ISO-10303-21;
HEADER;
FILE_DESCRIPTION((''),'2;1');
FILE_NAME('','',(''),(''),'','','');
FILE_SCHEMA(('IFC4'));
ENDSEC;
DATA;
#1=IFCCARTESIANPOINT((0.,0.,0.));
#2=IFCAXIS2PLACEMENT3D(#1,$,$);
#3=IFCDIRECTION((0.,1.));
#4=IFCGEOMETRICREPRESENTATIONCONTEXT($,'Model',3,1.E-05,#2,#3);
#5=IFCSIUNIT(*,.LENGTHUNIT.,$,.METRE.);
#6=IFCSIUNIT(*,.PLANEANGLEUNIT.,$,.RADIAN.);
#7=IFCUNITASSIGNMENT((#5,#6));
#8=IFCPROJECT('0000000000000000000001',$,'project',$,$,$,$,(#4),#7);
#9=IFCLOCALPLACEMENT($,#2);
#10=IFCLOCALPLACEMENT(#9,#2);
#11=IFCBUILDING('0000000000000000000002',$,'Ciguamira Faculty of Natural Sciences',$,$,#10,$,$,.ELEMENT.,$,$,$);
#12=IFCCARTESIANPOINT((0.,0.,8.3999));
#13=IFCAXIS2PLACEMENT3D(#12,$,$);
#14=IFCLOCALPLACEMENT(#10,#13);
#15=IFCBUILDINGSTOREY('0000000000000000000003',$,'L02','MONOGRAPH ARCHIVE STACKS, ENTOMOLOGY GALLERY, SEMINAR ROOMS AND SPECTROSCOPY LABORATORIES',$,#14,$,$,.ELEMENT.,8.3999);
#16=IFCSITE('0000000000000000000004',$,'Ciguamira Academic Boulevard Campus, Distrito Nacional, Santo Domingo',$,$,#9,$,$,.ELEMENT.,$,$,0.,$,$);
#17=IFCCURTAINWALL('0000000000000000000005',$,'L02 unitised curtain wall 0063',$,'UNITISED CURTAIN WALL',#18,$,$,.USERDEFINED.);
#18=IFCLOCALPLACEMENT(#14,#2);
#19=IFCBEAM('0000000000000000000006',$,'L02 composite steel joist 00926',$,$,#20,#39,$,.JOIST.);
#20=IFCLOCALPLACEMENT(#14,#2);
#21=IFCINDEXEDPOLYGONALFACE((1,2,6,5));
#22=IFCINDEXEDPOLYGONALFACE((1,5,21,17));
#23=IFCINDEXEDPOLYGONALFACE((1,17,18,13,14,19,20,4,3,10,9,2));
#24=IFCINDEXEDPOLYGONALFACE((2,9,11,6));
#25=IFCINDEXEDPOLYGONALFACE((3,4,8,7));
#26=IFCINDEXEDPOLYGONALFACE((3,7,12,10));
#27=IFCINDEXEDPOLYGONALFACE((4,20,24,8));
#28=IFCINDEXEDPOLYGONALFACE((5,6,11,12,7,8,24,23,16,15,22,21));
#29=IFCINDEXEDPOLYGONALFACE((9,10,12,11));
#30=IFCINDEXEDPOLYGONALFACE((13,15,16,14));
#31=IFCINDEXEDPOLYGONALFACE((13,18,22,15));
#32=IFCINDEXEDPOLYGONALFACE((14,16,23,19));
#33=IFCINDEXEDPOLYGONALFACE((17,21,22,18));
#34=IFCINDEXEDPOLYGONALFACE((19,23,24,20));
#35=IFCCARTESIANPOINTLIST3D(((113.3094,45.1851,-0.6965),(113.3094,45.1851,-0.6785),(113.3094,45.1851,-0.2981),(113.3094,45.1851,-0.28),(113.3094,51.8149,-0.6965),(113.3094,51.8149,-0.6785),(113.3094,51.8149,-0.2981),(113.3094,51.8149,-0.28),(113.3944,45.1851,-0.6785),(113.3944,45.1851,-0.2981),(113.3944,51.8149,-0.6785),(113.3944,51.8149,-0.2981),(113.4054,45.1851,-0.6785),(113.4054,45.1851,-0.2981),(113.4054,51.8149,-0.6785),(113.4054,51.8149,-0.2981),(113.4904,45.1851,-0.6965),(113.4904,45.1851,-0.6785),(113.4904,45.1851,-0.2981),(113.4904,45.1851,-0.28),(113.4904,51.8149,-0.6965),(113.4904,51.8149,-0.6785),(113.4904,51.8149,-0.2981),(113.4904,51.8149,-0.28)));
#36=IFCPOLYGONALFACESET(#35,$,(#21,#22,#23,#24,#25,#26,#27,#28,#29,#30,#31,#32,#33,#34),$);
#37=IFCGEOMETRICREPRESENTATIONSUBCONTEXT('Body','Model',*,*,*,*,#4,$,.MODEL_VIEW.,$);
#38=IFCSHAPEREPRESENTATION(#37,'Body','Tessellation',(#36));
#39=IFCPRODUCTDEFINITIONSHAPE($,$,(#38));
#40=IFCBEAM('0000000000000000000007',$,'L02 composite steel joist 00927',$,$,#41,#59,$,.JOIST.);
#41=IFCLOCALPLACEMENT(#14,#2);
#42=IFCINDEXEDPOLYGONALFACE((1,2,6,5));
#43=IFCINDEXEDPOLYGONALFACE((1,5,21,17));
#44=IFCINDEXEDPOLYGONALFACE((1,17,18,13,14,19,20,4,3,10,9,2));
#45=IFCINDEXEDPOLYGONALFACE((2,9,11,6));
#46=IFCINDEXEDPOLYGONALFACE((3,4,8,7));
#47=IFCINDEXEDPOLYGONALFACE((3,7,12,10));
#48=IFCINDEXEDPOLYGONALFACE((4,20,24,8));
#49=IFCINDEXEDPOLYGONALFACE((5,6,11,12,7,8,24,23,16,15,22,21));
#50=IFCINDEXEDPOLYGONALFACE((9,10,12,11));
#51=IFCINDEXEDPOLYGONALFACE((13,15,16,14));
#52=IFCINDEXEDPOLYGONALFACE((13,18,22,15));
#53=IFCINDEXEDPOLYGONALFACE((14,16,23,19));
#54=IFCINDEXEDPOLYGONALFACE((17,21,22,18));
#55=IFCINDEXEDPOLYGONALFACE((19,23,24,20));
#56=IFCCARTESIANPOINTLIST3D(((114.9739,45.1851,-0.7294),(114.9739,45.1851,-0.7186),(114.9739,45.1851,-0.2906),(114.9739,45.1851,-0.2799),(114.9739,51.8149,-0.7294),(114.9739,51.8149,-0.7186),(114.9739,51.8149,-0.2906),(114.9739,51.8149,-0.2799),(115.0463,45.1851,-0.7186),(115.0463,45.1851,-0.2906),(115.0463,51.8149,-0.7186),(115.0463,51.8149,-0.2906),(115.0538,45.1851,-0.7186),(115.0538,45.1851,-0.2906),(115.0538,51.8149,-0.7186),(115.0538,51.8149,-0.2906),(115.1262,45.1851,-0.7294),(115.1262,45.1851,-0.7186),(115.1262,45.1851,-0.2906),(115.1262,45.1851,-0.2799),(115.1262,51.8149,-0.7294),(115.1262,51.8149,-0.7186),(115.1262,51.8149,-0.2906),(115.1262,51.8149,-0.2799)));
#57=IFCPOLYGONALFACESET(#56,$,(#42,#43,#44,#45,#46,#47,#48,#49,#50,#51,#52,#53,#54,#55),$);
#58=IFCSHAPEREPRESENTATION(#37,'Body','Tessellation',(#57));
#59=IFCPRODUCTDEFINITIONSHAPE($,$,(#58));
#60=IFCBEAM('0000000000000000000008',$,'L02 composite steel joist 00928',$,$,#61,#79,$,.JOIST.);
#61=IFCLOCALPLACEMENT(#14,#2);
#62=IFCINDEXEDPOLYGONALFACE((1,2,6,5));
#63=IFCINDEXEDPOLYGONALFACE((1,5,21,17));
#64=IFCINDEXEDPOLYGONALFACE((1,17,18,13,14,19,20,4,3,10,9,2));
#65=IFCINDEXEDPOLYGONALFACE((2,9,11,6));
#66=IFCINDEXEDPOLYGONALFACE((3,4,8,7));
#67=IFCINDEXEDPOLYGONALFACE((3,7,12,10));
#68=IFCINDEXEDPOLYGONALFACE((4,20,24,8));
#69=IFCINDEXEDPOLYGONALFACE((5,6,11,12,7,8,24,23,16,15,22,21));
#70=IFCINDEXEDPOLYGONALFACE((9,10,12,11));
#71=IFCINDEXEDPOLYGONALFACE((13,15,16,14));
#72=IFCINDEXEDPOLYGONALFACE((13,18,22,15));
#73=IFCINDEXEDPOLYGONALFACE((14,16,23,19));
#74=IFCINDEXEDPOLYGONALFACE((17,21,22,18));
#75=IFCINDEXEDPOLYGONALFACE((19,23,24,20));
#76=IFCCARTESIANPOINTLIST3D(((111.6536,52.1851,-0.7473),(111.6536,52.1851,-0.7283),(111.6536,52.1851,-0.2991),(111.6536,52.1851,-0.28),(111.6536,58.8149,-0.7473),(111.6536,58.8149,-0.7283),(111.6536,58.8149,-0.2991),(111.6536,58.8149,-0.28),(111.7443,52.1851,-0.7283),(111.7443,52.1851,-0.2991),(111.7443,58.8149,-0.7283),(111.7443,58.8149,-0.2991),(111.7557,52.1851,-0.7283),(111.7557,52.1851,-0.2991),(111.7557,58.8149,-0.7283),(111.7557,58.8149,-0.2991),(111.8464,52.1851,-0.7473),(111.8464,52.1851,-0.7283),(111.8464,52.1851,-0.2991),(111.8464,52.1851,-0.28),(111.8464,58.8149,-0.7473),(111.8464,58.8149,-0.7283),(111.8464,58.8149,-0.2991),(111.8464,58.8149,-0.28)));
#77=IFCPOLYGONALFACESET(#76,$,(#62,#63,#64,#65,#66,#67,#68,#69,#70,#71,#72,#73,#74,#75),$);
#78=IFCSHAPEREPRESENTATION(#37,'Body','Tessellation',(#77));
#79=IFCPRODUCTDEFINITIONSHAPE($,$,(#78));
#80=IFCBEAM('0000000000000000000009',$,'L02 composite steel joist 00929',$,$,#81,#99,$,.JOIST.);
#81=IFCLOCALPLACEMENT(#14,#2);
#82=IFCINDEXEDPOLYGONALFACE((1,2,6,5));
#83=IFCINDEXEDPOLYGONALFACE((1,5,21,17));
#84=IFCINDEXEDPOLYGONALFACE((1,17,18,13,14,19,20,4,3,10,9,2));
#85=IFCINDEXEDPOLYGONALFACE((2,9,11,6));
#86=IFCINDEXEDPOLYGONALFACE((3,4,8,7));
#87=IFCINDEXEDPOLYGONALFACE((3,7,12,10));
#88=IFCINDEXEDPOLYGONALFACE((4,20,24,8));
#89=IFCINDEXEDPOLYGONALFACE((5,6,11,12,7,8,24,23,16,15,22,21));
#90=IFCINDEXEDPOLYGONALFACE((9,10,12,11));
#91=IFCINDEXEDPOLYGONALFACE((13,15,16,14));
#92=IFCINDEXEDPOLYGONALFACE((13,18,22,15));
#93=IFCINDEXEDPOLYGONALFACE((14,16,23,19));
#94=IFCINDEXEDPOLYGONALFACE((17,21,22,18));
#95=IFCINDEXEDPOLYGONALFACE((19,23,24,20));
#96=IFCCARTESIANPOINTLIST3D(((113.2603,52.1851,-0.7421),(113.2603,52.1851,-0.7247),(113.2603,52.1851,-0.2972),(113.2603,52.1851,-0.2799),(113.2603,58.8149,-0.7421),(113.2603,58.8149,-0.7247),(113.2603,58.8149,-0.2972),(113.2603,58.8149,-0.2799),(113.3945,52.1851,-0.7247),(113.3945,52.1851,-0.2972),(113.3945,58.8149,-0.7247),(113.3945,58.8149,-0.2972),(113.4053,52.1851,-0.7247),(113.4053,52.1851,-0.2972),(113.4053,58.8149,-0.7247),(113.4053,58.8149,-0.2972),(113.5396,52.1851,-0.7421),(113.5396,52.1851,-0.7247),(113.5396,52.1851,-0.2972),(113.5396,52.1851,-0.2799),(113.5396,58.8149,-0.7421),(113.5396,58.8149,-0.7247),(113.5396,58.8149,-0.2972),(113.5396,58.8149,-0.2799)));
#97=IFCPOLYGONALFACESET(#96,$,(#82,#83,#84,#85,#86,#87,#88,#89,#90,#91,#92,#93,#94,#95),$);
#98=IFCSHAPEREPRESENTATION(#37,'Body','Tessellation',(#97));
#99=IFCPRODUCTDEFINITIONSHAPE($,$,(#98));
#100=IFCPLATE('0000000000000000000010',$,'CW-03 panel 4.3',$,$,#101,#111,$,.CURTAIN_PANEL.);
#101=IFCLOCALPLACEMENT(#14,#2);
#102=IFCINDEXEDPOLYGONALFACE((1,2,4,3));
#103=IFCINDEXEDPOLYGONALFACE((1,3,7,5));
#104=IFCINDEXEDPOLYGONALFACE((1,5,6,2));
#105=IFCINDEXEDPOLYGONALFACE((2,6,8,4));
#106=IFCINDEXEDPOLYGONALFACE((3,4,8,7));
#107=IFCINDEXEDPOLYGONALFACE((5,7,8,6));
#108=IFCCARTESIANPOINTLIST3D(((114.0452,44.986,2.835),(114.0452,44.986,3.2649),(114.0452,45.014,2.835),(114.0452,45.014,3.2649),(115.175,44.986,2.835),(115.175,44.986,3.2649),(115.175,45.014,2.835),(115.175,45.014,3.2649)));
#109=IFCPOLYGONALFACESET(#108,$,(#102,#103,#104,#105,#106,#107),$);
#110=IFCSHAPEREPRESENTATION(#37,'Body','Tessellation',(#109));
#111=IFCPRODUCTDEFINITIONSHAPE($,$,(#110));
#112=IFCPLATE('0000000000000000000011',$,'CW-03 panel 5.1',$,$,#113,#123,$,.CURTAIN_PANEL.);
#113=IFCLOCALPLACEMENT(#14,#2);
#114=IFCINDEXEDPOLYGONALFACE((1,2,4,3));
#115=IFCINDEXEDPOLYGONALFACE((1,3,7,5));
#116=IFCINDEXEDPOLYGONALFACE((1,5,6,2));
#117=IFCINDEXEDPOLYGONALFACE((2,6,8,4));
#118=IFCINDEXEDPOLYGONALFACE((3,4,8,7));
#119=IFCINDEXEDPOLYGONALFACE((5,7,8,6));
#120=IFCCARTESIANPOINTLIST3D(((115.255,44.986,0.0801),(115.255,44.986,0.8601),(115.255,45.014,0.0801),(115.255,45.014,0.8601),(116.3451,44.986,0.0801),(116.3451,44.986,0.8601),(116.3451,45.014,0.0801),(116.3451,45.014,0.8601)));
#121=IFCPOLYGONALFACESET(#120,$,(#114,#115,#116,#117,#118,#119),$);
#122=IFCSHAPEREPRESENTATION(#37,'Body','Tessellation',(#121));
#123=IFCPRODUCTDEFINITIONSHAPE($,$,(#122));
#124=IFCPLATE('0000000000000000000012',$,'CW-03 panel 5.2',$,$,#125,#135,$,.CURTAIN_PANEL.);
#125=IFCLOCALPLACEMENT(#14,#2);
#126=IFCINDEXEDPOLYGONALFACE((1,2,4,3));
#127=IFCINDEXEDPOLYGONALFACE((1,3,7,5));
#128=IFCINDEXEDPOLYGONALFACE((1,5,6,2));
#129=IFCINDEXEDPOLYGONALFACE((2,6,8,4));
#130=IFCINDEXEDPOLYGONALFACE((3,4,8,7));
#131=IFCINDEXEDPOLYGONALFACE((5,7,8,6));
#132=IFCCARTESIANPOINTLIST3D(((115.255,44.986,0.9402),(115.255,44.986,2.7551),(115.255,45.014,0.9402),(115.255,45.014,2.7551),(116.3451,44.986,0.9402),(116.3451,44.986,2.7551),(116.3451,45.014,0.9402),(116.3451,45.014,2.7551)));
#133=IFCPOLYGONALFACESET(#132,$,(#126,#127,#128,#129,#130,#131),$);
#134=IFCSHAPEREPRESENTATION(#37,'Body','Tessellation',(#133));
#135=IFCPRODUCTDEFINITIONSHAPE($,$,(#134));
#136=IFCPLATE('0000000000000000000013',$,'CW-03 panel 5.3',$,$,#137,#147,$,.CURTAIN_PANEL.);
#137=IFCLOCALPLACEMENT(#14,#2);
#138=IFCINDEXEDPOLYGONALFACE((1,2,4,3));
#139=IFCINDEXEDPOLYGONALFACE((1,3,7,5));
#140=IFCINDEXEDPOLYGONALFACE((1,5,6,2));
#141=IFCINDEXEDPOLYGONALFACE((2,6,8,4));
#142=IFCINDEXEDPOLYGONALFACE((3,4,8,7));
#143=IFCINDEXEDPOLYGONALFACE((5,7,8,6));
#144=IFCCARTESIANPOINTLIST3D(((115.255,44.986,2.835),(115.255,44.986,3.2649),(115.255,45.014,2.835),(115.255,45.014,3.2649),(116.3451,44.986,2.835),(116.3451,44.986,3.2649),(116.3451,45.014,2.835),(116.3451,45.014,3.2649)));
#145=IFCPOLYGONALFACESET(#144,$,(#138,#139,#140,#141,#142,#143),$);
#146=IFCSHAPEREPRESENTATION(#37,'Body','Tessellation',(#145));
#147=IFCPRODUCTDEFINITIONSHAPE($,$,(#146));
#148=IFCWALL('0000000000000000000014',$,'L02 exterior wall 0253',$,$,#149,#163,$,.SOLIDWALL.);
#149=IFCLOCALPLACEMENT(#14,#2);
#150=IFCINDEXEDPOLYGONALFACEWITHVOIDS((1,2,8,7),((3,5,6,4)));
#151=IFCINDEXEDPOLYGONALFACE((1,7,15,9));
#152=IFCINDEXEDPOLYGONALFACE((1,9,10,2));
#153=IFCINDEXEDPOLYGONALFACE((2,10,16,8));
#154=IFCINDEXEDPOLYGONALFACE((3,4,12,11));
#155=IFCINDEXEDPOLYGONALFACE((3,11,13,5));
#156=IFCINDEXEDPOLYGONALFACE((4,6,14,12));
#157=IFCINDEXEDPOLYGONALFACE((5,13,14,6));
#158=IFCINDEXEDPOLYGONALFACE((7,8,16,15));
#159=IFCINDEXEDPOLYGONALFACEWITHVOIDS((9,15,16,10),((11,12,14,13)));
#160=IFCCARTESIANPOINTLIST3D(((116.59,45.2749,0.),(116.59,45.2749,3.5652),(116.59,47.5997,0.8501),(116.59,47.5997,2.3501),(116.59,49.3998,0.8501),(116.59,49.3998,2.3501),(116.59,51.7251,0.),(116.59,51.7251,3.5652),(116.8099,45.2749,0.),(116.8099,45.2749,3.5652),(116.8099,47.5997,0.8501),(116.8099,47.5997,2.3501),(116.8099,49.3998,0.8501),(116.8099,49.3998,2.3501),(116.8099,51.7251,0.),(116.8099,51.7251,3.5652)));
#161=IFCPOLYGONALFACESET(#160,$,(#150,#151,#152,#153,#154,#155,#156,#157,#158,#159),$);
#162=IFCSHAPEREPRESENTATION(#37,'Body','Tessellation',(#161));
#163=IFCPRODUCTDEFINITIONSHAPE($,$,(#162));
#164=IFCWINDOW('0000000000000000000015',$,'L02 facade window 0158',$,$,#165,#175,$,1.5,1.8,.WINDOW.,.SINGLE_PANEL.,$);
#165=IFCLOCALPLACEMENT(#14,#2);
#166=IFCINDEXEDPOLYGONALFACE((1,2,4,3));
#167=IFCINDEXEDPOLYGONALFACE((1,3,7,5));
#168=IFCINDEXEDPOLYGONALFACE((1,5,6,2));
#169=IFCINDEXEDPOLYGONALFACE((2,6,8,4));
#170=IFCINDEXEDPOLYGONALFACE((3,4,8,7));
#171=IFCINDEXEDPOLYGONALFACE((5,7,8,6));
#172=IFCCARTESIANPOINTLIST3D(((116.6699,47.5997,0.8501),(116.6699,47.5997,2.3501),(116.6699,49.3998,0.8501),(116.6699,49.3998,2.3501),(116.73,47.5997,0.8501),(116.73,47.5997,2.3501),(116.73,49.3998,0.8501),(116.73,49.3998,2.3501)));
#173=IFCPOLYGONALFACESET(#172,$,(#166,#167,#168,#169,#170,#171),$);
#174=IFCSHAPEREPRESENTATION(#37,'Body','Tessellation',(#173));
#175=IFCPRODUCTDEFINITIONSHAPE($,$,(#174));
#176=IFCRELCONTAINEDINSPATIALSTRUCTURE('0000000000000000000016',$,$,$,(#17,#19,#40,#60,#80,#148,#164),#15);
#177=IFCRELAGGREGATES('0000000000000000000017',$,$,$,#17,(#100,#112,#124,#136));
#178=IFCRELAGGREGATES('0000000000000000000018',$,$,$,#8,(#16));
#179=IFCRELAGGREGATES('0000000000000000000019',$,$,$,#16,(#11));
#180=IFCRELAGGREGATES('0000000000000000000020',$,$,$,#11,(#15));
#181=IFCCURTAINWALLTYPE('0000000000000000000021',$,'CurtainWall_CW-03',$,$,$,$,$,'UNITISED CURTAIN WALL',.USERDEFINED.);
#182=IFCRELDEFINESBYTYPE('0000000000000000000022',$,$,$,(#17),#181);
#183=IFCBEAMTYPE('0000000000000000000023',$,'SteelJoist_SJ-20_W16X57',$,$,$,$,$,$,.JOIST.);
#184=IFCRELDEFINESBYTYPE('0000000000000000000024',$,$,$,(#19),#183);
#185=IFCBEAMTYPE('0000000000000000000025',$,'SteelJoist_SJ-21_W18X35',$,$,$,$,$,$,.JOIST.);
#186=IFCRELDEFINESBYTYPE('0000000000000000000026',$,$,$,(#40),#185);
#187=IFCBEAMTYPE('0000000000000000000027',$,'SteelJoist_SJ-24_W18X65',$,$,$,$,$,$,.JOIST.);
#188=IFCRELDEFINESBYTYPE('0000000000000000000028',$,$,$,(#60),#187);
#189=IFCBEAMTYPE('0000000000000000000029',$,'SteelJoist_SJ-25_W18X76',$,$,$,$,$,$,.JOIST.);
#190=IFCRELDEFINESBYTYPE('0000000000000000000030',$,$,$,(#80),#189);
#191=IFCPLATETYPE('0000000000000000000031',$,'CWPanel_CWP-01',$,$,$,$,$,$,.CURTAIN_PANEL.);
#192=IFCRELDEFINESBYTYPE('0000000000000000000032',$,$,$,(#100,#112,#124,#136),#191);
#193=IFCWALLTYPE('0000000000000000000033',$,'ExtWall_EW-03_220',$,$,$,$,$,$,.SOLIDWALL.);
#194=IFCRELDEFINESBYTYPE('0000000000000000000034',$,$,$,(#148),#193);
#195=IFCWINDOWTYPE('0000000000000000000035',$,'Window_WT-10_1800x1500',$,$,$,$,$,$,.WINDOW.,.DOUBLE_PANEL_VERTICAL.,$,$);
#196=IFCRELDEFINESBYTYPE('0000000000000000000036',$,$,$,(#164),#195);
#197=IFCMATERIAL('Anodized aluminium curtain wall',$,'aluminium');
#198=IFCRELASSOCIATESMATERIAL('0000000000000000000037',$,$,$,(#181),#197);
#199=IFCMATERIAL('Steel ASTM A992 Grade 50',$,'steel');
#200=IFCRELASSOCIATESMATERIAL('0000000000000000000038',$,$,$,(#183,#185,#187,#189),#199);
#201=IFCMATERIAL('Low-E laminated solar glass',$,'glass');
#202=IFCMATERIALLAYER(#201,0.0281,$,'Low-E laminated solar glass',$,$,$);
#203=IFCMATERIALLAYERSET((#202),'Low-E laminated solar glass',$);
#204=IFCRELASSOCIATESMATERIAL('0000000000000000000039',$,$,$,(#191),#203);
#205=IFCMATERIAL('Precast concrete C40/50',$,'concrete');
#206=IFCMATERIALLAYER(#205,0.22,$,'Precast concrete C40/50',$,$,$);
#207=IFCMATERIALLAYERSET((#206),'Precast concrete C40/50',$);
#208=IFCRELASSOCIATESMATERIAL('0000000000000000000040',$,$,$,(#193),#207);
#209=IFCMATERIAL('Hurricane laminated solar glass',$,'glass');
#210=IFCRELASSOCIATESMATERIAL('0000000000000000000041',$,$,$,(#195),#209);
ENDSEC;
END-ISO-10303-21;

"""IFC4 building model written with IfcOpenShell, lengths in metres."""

from ifc_helpers import new_model, si_unit, direction, frame, frame_2d, origin, origin_2d, place, context, subcontext, project, spatial, rectangle, i_section, extrude, material, layer, layer_set, material_profile, profile_set, type_object, element, fill, aggregate, save


model = new_model("IFC4")

# Units and contexts
model_context = context("Model", 3, precision=1e-05, world=origin(), true_north=direction((0.0, 1.0)))
body_context = subcontext(model_context, "Body", "Model", "MODEL_VIEW")
ifc_project = project(units=[si_unit("LENGTHUNIT", "METRE"), si_unit("PLANEANGLEUNIT", "RADIAN")], contexts=[model_context])

# Site, building, storey
site_placement = place(None, origin())
site = spatial("IfcSite", under=ifc_project, at=site_placement, Name="Ciguamira Academic Boulevard Campus, Distrito Nacional, Santo Domingo", CompositionType="ELEMENT", RefElevation=0.0)
building_placement = place(site_placement, origin())
building = spatial("IfcBuilding", under=site, at=building_placement, Name="Ciguamira Faculty of Natural Sciences", CompositionType="ELEMENT")
storey_placement = place(building_placement, frame((0.0, 0.0, 8.3999)))
storey = spatial("IfcBuildingStorey", under=building, at=storey_placement, Name="L02", Description="MONOGRAPH ARCHIVE STACKS, ENTOMOLOGY GALLERY, SEMINAR ROOMS AND SPECTROSCOPY LABORATORIES", CompositionType="ELEMENT", Elevation=8.3999)

# Curtain wall
ifc_material_1 = material(Name="Anodized aluminium curtain wall", Category="aluminium")
curtain_wall_type = type_object("IfcCurtainWallType", Name="CurtainWall_CW-03", ElementType="UNITISED CURTAIN WALL", PredefinedType="USERDEFINED", material=ifc_material_1)
curtain_wall_placement = place(storey_placement, origin())
curtain_wall = element("IfcCurtainWall", 1, at=curtain_wall_placement, inside=storey, type_object=curtain_wall_type, Name="L02 unitised curtain wall 0063", ObjectType="UNITISED CURTAIN WALL", PredefinedType="USERDEFINED")

# Beams
ifc_material_2 = material(Name="Precast concrete C40/50", Category="concrete")
ifc_material_3 = material(Name="Steel ASTM A992 Grade 50", Category="steel")
ifc_material_profile_1 = material_profile(ifc_material_3, i_section(OverallWidth=0.1809, OverallDepth=0.4165, WebThickness=0.011, FlangeThickness=0.0181, at=origin_2d()), Name="W16X57")
ifc_profile_set_1 = profile_set([ifc_material_profile_1], Name="Steel ASTM A992 Grade 50")
beam_type_1 = type_object("IfcBeamType", Name="SteelJoist_SJ-20_W16X57", PredefinedType="JOIST", material=ifc_profile_set_1)
beam_1_placement = place(storey_placement, frame((113.3999, 45.1851, -0.4883), z_axis=(0.0, 1.0, 0.0), x_axis=(-1.0, 0.0, 0.0)))
element("IfcBeam", 2, at=beam_1_placement, inside=storey, type_object=beam_type_1, Name="L02 composite steel joist 00926", PredefinedType="JOIST", context=body_context, shape_type="SweptSolid", body=[
    extrude(i_section(OverallWidth=0.1809, OverallDepth=0.4165, WebThickness=0.011, FlangeThickness=0.0181, at=origin_2d()), origin(), (0.0, 0.0, 1.0), 6.6299),
])
ifc_material_profile_2 = material_profile(ifc_material_3, i_section(OverallWidth=0.1523, OverallDepth=0.4495, WebThickness=0.0076, FlangeThickness=0.0107, at=origin_2d()), Name="W18X35")
ifc_profile_set_2 = profile_set([ifc_material_profile_2], Name="Steel ASTM A992 Grade 50")
beam_type_2 = type_object("IfcBeamType", Name="SteelJoist_SJ-21_W18X35", PredefinedType="JOIST", material=ifc_profile_set_2)
beam_2_placement = place(storey_placement, frame((115.05, 45.1851, -0.5046), z_axis=(0.0, 1.0, 0.0), x_axis=(-1.0, 0.0, 0.0)))
element("IfcBeam", 3, at=beam_2_placement, inside=storey, type_object=beam_type_2, Name="L02 composite steel joist 00927", PredefinedType="JOIST", context=body_context, shape_type="SweptSolid", body=[
    extrude(i_section(OverallWidth=0.1523, OverallDepth=0.4495, WebThickness=0.0076, FlangeThickness=0.0107, at=origin_2d()), origin(), (0.0, 0.0, 1.0), 6.6299),
])
ifc_material_profile_3 = material_profile(ifc_material_3, i_section(OverallWidth=0.1929, OverallDepth=0.4673, WebThickness=0.0115, FlangeThickness=0.019, at=origin_2d()), Name="W18X65")
ifc_profile_set_3 = profile_set([ifc_material_profile_3], Name="Steel ASTM A992 Grade 50")
beam_type_3 = type_object("IfcBeamType", Name="SteelJoist_SJ-24_W18X65", PredefinedType="JOIST", material=ifc_profile_set_3)
beam_3_placement = place(storey_placement, frame((111.75, 52.1851, -0.5137), z_axis=(0.0, 1.0, 0.0), x_axis=(-1.0, 0.0, 0.0)))
element("IfcBeam", 4, at=beam_3_placement, inside=storey, type_object=beam_type_3, Name="L02 composite steel joist 00928", PredefinedType="JOIST", context=body_context, shape_type="SweptSolid", body=[
    extrude(i_section(OverallWidth=0.1929, OverallDepth=0.4673, WebThickness=0.0115, FlangeThickness=0.019, at=origin_2d()), origin(), (0.0, 0.0, 1.0), 6.6299),
])
ifc_material_profile_4 = material_profile(ifc_material_3, i_section(OverallWidth=0.2793, OverallDepth=0.4622, WebThickness=0.0107, FlangeThickness=0.0173, at=origin_2d()), Name="W18X76")
ifc_profile_set_4 = profile_set([ifc_material_profile_4], Name="Steel ASTM A992 Grade 50")
beam_type_4 = type_object("IfcBeamType", Name="SteelJoist_SJ-25_W18X76", PredefinedType="JOIST", material=ifc_profile_set_4)
beam_4_placement = place(storey_placement, frame((113.3999, 52.1851, -0.511), z_axis=(0.0, 1.0, 0.0), x_axis=(-1.0, 0.0, 0.0)))
element("IfcBeam", 5, at=beam_4_placement, inside=storey, type_object=beam_type_4, Name="L02 composite steel joist 00929", PredefinedType="JOIST", context=body_context, shape_type="SweptSolid", body=[
    extrude(i_section(OverallWidth=0.2793, OverallDepth=0.4622, WebThickness=0.0107, FlangeThickness=0.0173, at=origin_2d()), origin(), (0.0, 0.0, 1.0), 6.6299),
])

# Plates
ifc_material_4 = material(Name="Low-E laminated solar glass", Category="glass")
ifc_layer_1 = layer(ifc_material_4, 0.0281, Name="Low-E laminated solar glass")
ifc_layer_set_1 = layer_set([ifc_layer_1], Name="Low-E laminated solar glass")
plate_type = type_object("IfcPlateType", Name="CWPanel_CWP-01", PredefinedType="CURTAIN_PANEL", material=ifc_layer_set_1)
plate_1_placement = place(storey_placement, frame((114.6101, 45.0, 2.835), z_axis=(0.0, 0.0, 1.0), x_axis=(1.0, 0.0, 0.0)))
plate_1 = element("IfcPlate", 6, at=plate_1_placement, type_object=plate_type, Name="CW-03 panel 4.3", PredefinedType="CURTAIN_PANEL", context=body_context, shape_type="SweptSolid", body=[
    extrude(rectangle(XDim=1.1299, YDim=0.0281, at=origin_2d()), origin(), (0.0, 0.0, 1.0), 0.4299),
])
plate_2_placement = place(storey_placement, frame((115.8, 45.0, 0.0801), z_axis=(0.0, 0.0, 1.0), x_axis=(1.0, 0.0, 0.0)))
plate_2 = element("IfcPlate", 7, at=plate_2_placement, type_object=plate_type, Name="CW-03 panel 5.1", PredefinedType="CURTAIN_PANEL", context=body_context, shape_type="SweptSolid", body=[
    extrude(rectangle(XDim=1.0901, YDim=0.0281, at=origin_2d()), origin(), (0.0, 0.0, 1.0), 0.78),
])
plate_3_placement = place(storey_placement, frame((115.8, 45.0, 0.9402), z_axis=(0.0, 0.0, 1.0), x_axis=(1.0, 0.0, 0.0)))
plate_3 = element("IfcPlate", 8, at=plate_3_placement, type_object=plate_type, Name="CW-03 panel 5.2", PredefinedType="CURTAIN_PANEL", context=body_context, shape_type="SweptSolid", body=[
    extrude(rectangle(XDim=1.0901, YDim=0.0281, at=origin_2d()), origin(), (0.0, 0.0, 1.0), 1.8149),
])
plate_4_placement = place(storey_placement, frame((115.8, 45.0, 2.835), z_axis=(0.0, 0.0, 1.0), x_axis=(1.0, 0.0, 0.0)))
plate_4 = element("IfcPlate", 9, at=plate_4_placement, type_object=plate_type, Name="CW-03 panel 5.3", PredefinedType="CURTAIN_PANEL", context=body_context, shape_type="SweptSolid", body=[
    extrude(rectangle(XDim=1.0901, YDim=0.0281, at=origin_2d()), origin(), (0.0, 0.0, 1.0), 0.4299),
])
aggregate(curtain_wall, [plate_1, plate_2, plate_3, plate_4])

# Wall, opening, window
ifc_layer_2 = layer(ifc_material_2, 0.22, Name="Precast concrete C40/50")
ifc_layer_set_2 = layer_set([ifc_layer_2], Name="Precast concrete C40/50")
wall_type = type_object("IfcWallType", Name="ExtWall_EW-03_220", PredefinedType="SOLIDWALL", material=ifc_layer_set_2)
wall_1_placement = place(storey_placement, frame((116.7, 45.2749, 0.0), z_axis=(0.0, 0.0, 1.0), x_axis=(0.0, 1.0, 0.0)))
wall_1 = element("IfcWall", 10, at=wall_1_placement, inside=storey, type_object=wall_type, Name="L02 exterior wall 0253", PredefinedType="SOLIDWALL", context=body_context, shape_type="SweptSolid", body=[
    extrude(rectangle(XDim=6.4502, YDim=0.22, at=frame_2d((3.2251, 0.0))), origin(), (0.0, 0.0, 1.0), 3.5652),
])
opening_1_placement = place(wall_1_placement, frame((2.325, 0.0, 0.8501)))
opening_1 = element("IfcOpeningElement", 11, at=opening_1_placement, cuts=wall_1, PredefinedType="OPENING", context=body_context, shape_type="SweptSolid", body=[
    extrude(rectangle(XDim=1.8, YDim=1.5, at=frame_2d((0.8999, 0.75))), frame((0.0, 0.1199, 0.0), z_axis=(0.0, -1.0, 0.0), x_axis=(1.0, 0.0, 0.0)), (0.0, 0.0, 1.0), 0.24),
])
ifc_material_5 = material(Name="Hurricane laminated solar glass", Category="glass")
window_type_1 = type_object("IfcWindowType", Name="Window_WT-10_1800x1500", PartitioningType="DOUBLE_PANEL_VERTICAL", PredefinedType="WINDOW", material=ifc_material_5)
window_1_placement = place(opening_1_placement, origin())
window_1 = element("IfcWindow", 12, at=window_1_placement, inside=storey, type_object=window_type_1, Name="L02 facade window 0158", OverallHeight=1.5, OverallWidth=1.8, PartitioningType="SINGLE_PANEL", PredefinedType="WINDOW", context=body_context, shape_type="SweptSolid", body=[
    extrude(rectangle(XDim=1.8, YDim=1.5, at=frame_2d((0.8999, 0.75))), frame((0.0, 0.03, 0.0), z_axis=(0.0, -1.0, 0.0), x_axis=(1.0, 0.0, 0.0)), (0.0, 0.0, 1.0), 0.0601),
])
fill(opening_1, window_1)

save(model, "model.ifc")
